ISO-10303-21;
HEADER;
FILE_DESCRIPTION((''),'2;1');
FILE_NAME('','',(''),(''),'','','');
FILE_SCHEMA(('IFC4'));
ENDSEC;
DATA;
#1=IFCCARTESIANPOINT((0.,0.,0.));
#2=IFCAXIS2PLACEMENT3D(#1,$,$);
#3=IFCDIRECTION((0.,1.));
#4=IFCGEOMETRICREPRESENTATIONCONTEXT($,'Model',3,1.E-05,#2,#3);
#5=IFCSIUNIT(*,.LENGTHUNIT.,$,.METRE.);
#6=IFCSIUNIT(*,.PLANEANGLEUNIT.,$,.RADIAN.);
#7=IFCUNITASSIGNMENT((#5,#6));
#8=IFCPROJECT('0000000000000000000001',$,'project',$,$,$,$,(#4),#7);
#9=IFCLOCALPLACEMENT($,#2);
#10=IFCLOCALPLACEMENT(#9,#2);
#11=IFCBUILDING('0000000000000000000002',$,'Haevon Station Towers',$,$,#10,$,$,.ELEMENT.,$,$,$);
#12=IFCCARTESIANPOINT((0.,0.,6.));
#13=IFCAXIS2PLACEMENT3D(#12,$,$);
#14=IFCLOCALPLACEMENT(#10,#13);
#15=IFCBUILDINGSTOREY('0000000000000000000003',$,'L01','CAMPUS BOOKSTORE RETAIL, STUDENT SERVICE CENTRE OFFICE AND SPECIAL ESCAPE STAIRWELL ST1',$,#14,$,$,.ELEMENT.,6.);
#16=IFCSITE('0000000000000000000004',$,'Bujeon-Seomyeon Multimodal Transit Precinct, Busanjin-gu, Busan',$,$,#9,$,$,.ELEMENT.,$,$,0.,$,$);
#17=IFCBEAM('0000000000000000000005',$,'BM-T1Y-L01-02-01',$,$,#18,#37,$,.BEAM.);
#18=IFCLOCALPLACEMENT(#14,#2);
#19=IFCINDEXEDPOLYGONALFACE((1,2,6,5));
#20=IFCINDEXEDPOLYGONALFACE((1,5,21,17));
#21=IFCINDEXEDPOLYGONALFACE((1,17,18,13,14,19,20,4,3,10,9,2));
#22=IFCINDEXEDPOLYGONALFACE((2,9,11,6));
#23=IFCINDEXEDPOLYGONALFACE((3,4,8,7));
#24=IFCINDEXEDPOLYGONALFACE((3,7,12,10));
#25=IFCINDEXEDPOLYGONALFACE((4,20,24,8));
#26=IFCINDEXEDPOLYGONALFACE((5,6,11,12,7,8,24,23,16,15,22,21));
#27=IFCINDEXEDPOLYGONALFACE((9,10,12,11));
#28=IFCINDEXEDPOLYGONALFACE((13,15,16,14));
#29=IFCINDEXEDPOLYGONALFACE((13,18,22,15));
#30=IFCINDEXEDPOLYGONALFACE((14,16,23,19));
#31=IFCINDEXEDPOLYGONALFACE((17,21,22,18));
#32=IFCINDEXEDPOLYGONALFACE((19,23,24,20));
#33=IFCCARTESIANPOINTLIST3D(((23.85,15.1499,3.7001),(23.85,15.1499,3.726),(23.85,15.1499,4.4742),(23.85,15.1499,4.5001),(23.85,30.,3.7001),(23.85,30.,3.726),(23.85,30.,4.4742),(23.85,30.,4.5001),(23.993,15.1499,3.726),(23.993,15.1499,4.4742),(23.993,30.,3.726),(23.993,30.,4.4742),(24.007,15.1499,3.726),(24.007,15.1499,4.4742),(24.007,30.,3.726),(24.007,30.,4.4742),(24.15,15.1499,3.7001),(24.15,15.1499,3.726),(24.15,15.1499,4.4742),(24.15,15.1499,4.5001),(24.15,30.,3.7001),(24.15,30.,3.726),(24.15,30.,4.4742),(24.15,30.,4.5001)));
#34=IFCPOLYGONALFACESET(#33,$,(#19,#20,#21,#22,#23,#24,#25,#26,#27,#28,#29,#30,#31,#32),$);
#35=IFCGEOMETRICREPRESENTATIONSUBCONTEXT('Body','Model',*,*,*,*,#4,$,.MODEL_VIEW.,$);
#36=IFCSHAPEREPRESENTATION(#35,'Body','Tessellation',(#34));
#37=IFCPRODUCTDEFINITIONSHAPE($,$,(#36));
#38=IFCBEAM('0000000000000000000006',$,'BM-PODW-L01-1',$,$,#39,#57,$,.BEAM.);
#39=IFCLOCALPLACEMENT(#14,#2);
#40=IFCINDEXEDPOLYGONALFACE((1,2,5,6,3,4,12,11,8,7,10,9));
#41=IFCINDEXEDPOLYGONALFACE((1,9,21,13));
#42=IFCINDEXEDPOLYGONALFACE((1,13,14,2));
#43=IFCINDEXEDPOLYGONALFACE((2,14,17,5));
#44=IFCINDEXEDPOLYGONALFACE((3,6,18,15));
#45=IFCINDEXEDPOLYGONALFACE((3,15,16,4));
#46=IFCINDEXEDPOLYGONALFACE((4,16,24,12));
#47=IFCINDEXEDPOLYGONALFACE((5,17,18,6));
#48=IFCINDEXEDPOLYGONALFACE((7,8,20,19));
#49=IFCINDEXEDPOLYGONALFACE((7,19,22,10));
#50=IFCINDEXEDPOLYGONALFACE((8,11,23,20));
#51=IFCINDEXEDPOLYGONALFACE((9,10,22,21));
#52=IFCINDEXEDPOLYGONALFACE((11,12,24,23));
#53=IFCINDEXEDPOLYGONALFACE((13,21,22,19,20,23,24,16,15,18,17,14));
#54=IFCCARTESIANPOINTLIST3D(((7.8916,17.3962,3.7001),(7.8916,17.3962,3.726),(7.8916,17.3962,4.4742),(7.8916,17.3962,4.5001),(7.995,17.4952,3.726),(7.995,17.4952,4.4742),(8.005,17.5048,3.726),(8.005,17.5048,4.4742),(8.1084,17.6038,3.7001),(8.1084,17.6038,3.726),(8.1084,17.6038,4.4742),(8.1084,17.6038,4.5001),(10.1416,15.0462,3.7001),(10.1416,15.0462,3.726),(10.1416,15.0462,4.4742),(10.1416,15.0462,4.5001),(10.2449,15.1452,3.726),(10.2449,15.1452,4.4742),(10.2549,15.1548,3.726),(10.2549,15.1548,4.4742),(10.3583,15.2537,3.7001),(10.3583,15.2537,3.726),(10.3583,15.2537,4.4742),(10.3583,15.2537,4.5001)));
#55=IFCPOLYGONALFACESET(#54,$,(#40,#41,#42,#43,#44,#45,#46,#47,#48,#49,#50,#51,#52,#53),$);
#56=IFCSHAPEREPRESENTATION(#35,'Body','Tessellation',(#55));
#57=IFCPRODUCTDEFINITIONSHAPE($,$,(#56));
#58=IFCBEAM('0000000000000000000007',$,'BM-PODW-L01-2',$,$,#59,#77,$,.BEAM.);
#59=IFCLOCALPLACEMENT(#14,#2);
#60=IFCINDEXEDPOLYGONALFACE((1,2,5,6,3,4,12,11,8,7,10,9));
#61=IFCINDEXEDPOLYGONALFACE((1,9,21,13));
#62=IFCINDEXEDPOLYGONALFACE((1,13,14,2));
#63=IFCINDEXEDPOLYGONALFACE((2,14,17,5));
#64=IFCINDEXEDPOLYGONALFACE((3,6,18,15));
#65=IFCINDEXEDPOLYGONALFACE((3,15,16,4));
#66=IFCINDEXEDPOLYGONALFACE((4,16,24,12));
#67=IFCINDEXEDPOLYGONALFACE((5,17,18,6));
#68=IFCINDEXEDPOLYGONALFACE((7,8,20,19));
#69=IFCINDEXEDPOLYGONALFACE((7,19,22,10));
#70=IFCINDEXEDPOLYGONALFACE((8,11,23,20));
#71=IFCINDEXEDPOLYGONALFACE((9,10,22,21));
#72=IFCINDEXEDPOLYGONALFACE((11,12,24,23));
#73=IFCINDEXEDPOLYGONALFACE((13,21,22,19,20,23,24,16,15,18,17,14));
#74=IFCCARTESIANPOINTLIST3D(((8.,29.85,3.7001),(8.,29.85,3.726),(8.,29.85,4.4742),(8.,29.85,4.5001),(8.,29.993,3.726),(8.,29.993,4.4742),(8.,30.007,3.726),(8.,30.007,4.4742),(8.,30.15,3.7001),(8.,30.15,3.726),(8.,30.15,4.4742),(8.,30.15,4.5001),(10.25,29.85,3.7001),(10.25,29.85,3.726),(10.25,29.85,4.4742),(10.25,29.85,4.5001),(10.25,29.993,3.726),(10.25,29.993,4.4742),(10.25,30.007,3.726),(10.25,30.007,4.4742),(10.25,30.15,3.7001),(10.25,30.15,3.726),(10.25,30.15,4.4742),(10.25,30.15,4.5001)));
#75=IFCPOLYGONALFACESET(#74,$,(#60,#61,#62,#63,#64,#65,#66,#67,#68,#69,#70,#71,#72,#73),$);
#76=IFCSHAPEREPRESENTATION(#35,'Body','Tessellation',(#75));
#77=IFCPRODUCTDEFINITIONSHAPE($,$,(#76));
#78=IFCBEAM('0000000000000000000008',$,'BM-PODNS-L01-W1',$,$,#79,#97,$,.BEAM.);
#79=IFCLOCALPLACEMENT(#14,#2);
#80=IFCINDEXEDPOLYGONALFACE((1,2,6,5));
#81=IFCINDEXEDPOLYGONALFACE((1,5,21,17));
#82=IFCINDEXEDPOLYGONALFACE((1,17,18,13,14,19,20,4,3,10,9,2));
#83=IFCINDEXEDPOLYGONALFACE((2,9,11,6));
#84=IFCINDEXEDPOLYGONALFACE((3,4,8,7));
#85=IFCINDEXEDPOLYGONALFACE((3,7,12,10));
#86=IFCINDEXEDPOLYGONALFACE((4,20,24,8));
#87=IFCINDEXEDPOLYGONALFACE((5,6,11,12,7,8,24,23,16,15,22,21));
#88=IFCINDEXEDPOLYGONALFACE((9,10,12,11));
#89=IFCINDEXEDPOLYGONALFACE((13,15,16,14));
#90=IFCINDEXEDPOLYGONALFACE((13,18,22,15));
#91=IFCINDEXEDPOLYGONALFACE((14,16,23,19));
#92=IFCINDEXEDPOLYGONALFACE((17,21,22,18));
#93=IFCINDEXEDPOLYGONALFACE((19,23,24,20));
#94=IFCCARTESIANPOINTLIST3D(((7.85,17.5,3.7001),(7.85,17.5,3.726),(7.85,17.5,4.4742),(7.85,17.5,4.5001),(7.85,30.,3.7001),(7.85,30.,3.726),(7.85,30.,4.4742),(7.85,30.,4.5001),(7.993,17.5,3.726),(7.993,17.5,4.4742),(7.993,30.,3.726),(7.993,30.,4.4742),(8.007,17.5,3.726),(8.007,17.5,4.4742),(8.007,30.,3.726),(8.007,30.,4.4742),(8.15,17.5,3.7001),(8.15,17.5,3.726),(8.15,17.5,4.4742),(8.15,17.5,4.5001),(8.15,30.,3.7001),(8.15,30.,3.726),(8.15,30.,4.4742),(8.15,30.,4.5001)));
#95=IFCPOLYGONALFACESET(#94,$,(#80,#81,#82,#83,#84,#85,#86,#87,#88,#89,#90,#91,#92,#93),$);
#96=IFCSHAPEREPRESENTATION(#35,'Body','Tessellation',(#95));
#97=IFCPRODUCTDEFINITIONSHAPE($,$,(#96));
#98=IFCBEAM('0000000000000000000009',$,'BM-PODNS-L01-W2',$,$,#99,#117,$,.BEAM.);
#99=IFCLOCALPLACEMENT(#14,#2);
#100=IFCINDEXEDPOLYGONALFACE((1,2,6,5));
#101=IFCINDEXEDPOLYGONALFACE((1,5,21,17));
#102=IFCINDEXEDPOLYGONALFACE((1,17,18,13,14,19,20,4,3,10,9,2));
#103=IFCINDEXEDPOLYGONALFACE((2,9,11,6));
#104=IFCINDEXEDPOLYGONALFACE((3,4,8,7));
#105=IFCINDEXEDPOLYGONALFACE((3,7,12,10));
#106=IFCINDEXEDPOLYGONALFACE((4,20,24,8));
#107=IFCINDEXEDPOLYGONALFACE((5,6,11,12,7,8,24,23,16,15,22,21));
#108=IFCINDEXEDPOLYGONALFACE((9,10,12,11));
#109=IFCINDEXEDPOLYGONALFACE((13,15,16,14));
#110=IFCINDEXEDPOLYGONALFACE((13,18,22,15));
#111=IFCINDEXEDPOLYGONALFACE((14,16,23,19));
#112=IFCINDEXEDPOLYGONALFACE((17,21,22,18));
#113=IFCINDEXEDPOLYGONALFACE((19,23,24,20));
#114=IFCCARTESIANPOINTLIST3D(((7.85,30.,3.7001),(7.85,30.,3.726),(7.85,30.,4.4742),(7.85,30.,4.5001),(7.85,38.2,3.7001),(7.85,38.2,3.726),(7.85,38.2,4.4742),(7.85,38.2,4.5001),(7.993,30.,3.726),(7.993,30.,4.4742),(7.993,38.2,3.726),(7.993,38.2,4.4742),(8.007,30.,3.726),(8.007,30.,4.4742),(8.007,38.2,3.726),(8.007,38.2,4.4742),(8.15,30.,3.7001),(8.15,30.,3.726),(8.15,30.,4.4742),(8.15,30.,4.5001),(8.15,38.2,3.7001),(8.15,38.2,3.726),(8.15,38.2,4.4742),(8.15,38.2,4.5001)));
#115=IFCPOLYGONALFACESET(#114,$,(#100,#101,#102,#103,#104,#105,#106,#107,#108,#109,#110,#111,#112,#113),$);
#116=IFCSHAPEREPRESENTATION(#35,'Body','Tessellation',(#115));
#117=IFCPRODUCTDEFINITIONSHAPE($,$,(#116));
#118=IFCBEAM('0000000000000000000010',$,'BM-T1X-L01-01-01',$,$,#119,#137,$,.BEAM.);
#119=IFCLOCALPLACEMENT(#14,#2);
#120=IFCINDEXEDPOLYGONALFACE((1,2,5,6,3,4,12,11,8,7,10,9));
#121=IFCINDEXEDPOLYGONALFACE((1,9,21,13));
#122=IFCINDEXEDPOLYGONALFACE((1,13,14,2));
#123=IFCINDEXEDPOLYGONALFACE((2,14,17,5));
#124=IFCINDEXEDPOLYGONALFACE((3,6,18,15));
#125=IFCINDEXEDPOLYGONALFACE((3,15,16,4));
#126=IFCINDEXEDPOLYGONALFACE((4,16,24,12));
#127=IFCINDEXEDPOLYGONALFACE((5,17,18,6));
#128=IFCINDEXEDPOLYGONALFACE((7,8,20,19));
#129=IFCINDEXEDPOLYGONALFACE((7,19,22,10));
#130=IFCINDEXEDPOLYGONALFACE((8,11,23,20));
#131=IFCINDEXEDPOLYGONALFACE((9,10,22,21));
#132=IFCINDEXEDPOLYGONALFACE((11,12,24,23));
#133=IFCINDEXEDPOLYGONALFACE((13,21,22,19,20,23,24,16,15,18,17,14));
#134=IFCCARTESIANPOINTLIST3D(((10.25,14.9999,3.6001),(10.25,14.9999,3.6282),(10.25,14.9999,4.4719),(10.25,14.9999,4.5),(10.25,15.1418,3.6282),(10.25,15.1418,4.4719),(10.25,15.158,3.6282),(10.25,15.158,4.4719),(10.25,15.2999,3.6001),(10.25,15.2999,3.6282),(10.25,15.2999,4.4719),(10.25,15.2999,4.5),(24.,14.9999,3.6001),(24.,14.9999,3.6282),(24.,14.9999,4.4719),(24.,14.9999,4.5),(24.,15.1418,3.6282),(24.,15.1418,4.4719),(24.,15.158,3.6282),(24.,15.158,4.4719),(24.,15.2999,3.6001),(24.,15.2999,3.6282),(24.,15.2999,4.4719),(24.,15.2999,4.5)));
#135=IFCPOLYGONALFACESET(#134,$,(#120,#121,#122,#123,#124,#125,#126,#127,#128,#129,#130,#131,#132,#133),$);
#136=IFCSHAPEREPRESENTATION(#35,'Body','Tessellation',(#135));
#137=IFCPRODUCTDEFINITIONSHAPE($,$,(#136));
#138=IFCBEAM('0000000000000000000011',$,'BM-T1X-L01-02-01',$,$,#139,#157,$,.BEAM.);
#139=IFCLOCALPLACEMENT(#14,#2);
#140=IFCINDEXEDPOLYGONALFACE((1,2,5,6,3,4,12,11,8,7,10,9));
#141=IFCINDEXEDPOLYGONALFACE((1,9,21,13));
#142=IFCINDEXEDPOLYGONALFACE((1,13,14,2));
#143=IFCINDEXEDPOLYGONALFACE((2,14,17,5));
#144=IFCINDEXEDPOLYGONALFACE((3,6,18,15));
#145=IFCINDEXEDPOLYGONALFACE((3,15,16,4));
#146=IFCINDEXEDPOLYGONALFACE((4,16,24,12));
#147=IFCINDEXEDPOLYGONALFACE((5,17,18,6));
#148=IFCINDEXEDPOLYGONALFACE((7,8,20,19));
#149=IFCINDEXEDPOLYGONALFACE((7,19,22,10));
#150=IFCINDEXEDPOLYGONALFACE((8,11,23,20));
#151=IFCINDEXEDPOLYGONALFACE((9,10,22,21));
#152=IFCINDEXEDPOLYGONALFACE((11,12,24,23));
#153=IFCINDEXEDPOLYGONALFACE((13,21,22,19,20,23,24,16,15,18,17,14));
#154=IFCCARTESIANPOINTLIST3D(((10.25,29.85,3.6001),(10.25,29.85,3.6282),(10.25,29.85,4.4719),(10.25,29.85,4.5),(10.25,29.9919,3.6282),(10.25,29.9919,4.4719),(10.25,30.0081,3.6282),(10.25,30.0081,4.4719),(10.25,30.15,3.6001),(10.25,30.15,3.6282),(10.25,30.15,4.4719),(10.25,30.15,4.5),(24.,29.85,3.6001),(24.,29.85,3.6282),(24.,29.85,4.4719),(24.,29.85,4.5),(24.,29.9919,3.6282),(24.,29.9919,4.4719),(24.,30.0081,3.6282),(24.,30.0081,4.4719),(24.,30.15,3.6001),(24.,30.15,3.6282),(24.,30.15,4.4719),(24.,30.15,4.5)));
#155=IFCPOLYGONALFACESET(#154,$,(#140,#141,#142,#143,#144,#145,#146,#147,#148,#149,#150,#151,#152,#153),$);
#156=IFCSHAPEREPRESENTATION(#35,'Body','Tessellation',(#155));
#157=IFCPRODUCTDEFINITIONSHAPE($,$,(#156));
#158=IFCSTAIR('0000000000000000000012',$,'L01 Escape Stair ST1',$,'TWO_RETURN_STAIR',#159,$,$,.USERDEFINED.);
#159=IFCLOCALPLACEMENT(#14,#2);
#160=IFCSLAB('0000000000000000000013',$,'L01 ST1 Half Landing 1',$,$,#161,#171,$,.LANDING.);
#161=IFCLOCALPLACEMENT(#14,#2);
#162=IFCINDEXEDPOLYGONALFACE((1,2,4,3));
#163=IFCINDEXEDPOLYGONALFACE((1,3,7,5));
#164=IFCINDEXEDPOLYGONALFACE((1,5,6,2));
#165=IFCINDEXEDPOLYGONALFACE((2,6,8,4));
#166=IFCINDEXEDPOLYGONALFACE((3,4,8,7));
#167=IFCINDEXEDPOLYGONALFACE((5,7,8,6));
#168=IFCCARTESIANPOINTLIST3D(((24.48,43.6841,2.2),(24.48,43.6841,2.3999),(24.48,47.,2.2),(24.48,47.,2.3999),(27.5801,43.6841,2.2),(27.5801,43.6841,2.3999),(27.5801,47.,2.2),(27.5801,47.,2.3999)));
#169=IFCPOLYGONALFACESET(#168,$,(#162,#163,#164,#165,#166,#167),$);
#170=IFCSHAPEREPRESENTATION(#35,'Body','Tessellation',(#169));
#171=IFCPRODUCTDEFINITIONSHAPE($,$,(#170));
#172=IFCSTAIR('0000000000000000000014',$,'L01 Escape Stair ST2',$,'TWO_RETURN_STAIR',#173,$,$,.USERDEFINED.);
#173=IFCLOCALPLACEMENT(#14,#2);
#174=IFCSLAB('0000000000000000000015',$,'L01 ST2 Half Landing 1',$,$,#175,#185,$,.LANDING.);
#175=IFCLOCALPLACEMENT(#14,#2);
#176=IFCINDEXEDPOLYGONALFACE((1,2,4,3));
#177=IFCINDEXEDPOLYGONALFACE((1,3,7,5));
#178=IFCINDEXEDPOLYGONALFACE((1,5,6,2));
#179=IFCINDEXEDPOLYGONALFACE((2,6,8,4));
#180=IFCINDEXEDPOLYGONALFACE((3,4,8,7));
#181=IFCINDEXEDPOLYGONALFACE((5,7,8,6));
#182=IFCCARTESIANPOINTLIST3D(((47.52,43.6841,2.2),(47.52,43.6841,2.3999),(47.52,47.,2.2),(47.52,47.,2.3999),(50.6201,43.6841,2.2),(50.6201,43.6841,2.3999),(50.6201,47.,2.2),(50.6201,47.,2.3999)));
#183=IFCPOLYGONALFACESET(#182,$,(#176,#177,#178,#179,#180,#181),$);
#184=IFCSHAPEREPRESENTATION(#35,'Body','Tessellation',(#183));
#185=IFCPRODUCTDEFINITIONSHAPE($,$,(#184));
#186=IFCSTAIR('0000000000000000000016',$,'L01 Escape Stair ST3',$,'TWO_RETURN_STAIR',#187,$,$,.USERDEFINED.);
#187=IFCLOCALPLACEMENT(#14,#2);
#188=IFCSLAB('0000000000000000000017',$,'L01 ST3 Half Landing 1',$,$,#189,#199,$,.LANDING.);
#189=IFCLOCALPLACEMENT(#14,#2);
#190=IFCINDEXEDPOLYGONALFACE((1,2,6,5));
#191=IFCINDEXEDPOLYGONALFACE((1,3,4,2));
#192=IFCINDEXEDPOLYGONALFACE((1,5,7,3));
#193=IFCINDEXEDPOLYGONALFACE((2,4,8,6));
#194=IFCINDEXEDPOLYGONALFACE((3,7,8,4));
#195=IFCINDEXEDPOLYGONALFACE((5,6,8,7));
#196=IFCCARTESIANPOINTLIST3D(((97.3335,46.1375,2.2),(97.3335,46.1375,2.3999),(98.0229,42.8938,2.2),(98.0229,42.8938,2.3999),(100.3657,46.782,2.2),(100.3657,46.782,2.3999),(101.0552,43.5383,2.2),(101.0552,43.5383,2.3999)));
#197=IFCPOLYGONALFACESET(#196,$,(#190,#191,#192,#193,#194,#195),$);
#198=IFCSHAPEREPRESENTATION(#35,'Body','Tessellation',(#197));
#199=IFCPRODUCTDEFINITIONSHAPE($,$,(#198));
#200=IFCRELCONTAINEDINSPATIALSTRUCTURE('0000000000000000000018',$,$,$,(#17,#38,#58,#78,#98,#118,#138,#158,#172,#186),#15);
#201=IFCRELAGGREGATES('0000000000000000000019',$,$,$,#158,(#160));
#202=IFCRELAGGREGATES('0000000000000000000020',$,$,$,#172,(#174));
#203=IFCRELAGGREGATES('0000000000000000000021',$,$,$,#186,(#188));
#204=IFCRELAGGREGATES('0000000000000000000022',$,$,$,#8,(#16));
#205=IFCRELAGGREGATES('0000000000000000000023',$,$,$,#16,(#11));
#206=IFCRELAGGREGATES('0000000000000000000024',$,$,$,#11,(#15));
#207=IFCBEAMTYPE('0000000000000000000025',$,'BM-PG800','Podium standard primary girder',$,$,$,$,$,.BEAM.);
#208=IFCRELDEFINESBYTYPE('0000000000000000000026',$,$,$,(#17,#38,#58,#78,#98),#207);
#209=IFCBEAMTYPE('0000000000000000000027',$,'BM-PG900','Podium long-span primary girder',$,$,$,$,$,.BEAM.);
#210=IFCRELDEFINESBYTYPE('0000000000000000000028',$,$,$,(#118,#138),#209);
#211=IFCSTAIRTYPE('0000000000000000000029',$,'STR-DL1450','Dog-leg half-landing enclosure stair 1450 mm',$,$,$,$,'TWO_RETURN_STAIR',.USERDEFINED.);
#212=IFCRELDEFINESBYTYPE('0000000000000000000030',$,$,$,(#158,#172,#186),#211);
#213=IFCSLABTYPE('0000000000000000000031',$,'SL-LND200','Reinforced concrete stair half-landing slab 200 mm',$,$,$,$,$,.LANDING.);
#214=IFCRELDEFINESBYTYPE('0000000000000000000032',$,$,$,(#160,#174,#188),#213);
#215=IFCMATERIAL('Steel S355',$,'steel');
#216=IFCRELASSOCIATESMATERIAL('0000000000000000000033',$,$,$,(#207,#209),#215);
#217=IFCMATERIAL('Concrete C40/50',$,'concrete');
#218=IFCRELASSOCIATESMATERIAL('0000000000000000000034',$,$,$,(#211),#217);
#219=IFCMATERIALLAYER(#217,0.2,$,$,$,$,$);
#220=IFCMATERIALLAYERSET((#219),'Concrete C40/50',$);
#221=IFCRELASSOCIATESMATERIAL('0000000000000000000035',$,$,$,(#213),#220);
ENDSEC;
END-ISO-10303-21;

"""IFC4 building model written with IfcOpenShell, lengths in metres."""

from ifc_helpers import new_model, si_unit, direction, frame, origin, origin_2d, place, context, subcontext, project, spatial, polyline, i_section, outline, extrude, material, layer, layer_set, material_profile, profile_set, type_object, element, aggregate, save


model = new_model("IFC4")

# Units and contexts
model_context = context("Model", 3, precision=1e-05, world=origin(), true_north=direction((0.0, 1.0)))
body_context = subcontext(model_context, "Body", "Model", "MODEL_VIEW")
ifc_project = project(units=[si_unit("LENGTHUNIT", "METRE"), si_unit("PLANEANGLEUNIT", "RADIAN")], contexts=[model_context])

# Site, building, storey
site_placement = place(None, origin())
site = spatial("IfcSite", under=ifc_project, at=site_placement, Name="Bujeon-Seomyeon Multimodal Transit Precinct, Busanjin-gu, Busan", CompositionType="ELEMENT", RefElevation=0.0)
building_placement = place(site_placement, origin())
building = spatial("IfcBuilding", under=site, at=building_placement, Name="Haevon Station Towers", CompositionType="ELEMENT")
storey_placement = place(building_placement, frame((0.0, 0.0, 6.0)))
storey = spatial("IfcBuildingStorey", under=building, at=storey_placement, Name="L01", Description="CAMPUS BOOKSTORE RETAIL, STUDENT SERVICE CENTRE OFFICE AND SPECIAL ESCAPE STAIRWELL ST1", CompositionType="ELEMENT", Elevation=6.0)

# Beams
ifc_material_1 = material(Name="Steel S355", Category="steel")
ifc_material_profile_1 = material_profile(ifc_material_1, i_section(OverallWidth=0.3, OverallDepth=0.8, WebThickness=0.0139, FlangeThickness=0.0259, at=origin_2d()), Name="H-800x300x14x26")
ifc_profile_set_1 = profile_set([ifc_material_profile_1], Name="Steel S355")
beam_type_1 = type_object("IfcBeamType", Name="BM-PG800", Description="Podium standard primary girder", PredefinedType="BEAM", material=ifc_profile_set_1)
for number, where, z_axis, x_axis, name in (
    (1, (24.0, 15.1499, 4.1001), (0.0, 1.0, 0.0), (-1.0, 0.0, 0.0), "BM-T1Y-L01-02-01"),
):
    element("IfcBeam", number, at=place(storey_placement, frame(where, z_axis=z_axis, x_axis=x_axis)), inside=storey, type_object=beam_type_1, Name=name, PredefinedType="BEAM", context=body_context, shape_type="SweptSolid", body=[
        extrude(i_section(OverallWidth=0.3, OverallDepth=0.8, WebThickness=0.0139, FlangeThickness=0.0259, at=origin_2d()), origin(), (0.0, 0.0, 1.0), 14.8501),
    ])
beam_1_placement = place(storey_placement, frame((8.0, 17.5, 4.1001), z_axis=(0.691557, -0.722322, 0.0), x_axis=(0.722322, 0.691557, 0.0)))
element("IfcBeam", 2, at=beam_1_placement, inside=storey, type_object=beam_type_1, Name="BM-PODW-L01-1", PredefinedType="BEAM", context=body_context, shape_type="SweptSolid", body=[
    extrude(i_section(OverallWidth=0.3, OverallDepth=0.8, WebThickness=0.0139, FlangeThickness=0.0259, at=origin_2d()), origin(), (0.0, 0.0, 1.0), 3.2534),
])
beam_2_placement = place(storey_placement, frame((8.0, 30.0, 4.1001), z_axis=(1.0, 0.0, 0.0), x_axis=(0.0, 1.0, 0.0)))
element("IfcBeam", 3, at=beam_2_placement, inside=storey, type_object=beam_type_1, Name="BM-PODW-L01-2", PredefinedType="BEAM", context=body_context, shape_type="SweptSolid", body=[
    extrude(i_section(OverallWidth=0.3, OverallDepth=0.8, WebThickness=0.0139, FlangeThickness=0.0259, at=origin_2d()), origin(), (0.0, 0.0, 1.0), 2.25),
])
beam_3_placement = place(storey_placement, frame((8.0, 17.5, 4.1001), z_axis=(0.0, 1.0, 0.0), x_axis=(-1.0, 0.0, 0.0)))
element("IfcBeam", 4, at=beam_3_placement, inside=storey, type_object=beam_type_1, Name="BM-PODNS-L01-W1", PredefinedType="BEAM", context=body_context, shape_type="SweptSolid", body=[
    extrude(i_section(OverallWidth=0.3, OverallDepth=0.8, WebThickness=0.0139, FlangeThickness=0.0259, at=origin_2d()), origin(), (0.0, 0.0, 1.0), 12.5),
])
beam_4_placement = place(storey_placement, frame((8.0, 30.0, 4.1001), z_axis=(0.0, 1.0, 0.0), x_axis=(-1.0, 0.0, 0.0)))
element("IfcBeam", 5, at=beam_4_placement, inside=storey, type_object=beam_type_1, Name="BM-PODNS-L01-W2", PredefinedType="BEAM", context=body_context, shape_type="SweptSolid", body=[
    extrude(i_section(OverallWidth=0.3, OverallDepth=0.8, WebThickness=0.0139, FlangeThickness=0.0259, at=origin_2d()), origin(), (0.0, 0.0, 1.0), 8.2),
])
ifc_material_profile_2 = material_profile(ifc_material_1, i_section(OverallWidth=0.3, OverallDepth=0.8999, WebThickness=0.0161, FlangeThickness=0.0281, at=origin_2d()), Name="H-900x300x16x28")
ifc_profile_set_2 = profile_set([ifc_material_profile_2], Name="Steel S355")
beam_type_2 = type_object("IfcBeamType", Name="BM-PG900", Description="Podium long-span primary girder", PredefinedType="BEAM", material=ifc_profile_set_2)
for number, where, z_axis, x_axis, name in (
    (6, (10.25, 15.1499, 4.05), (1.0, 0.0, 0.0), (0.0, 1.0, 0.0), "BM-T1X-L01-01-01"),
    (7, (10.25, 30.0, 4.05), (1.0, 0.0, 0.0), (0.0, 1.0, 0.0), "BM-T1X-L01-02-01"),
):
    element("IfcBeam", number, at=place(storey_placement, frame(where, z_axis=z_axis, x_axis=x_axis)), inside=storey, type_object=beam_type_2, Name=name, PredefinedType="BEAM", context=body_context, shape_type="SweptSolid", body=[
        extrude(i_section(OverallWidth=0.3, OverallDepth=0.8999, WebThickness=0.0161, FlangeThickness=0.0281, at=origin_2d()), origin(), (0.0, 0.0, 1.0), 13.75),
    ])

# Stairs, slabs
ifc_material_2 = material(Name="Concrete C40/50", Category="concrete")
stair_type_1 = type_object("IfcStairType", Name="STR-DL1450", Description="Dog-leg half-landing enclosure stair 1450 mm", ElementType="TWO_RETURN_STAIR", PredefinedType="USERDEFINED", material=ifc_material_2)
stair_1_placement = place(storey_placement, origin())
stair_1 = element("IfcStair", 8, at=stair_1_placement, inside=storey, type_object=stair_type_1, Name="L01 Escape Stair ST1", ObjectType="TWO_RETURN_STAIR", PredefinedType="USERDEFINED")
ifc_layer_1 = layer(ifc_material_2, 0.2)
ifc_layer_set_1 = layer_set([ifc_layer_1], Name="Concrete C40/50")
slab_type_1 = type_object("IfcSlabType", Name="SL-LND200", Description="Reinforced concrete stair half-landing slab 200 mm", PredefinedType="LANDING", material=ifc_layer_set_1)
slab_1_placement = place(storey_placement, frame((0.0, 0.0, 2.2)))
slab_1 = element("IfcSlab", 9, at=slab_1_placement, type_object=slab_type_1, Name="L01 ST1 Half Landing 1", PredefinedType="LANDING", context=body_context, shape_type="SweptSolid", body=[
    extrude(outline(polyline([(27.5801, 43.6841), (27.5801, 47.0), (24.48, 47.0), (24.48, 43.6841), (27.5801, 43.6841)])), origin(), (0.0, 0.0, 1.0), 0.2),
])
aggregate(stair_1, [slab_1])
stair_2_placement = place(storey_placement, origin())
stair_2 = element("IfcStair", 10, at=stair_2_placement, inside=storey, type_object=stair_type_1, Name="L01 Escape Stair ST2", ObjectType="TWO_RETURN_STAIR", PredefinedType="USERDEFINED")
slab_2_placement = place(storey_placement, frame((0.0, 0.0, 2.2)))
slab_2 = element("IfcSlab", 11, at=slab_2_placement, type_object=slab_type_1, Name="L01 ST2 Half Landing 1", PredefinedType="LANDING", context=body_context, shape_type="SweptSolid", body=[
    extrude(outline(polyline([(50.6201, 43.6841), (50.6201, 47.0), (47.52, 47.0), (47.52, 43.6841), (50.6201, 43.6841)])), origin(), (0.0, 0.0, 1.0), 0.2),
])
aggregate(stair_2, [slab_2])
stair_3_placement = place(storey_placement, origin())
stair_3 = element("IfcStair", 12, at=stair_3_placement, inside=storey, type_object=stair_type_1, Name="L01 Escape Stair ST3", ObjectType="TWO_RETURN_STAIR", PredefinedType="USERDEFINED")
slab_3_placement = place(storey_placement, frame((0.0, 0.0, 2.2)))
slab_3 = element("IfcSlab", 13, at=slab_3_placement, type_object=slab_type_1, Name="L01 ST3 Half Landing 1", PredefinedType="LANDING", context=body_context, shape_type="SweptSolid", body=[
    extrude(outline(polyline([(101.0552, 43.5383), (100.3657, 46.782), (97.3335, 46.1375), (98.0229, 42.8938), (101.0552, 43.5383)])), origin(), (0.0, 0.0, 1.0), 0.2),
])
aggregate(stair_3, [slab_3])

save(model, "model.ifc")
